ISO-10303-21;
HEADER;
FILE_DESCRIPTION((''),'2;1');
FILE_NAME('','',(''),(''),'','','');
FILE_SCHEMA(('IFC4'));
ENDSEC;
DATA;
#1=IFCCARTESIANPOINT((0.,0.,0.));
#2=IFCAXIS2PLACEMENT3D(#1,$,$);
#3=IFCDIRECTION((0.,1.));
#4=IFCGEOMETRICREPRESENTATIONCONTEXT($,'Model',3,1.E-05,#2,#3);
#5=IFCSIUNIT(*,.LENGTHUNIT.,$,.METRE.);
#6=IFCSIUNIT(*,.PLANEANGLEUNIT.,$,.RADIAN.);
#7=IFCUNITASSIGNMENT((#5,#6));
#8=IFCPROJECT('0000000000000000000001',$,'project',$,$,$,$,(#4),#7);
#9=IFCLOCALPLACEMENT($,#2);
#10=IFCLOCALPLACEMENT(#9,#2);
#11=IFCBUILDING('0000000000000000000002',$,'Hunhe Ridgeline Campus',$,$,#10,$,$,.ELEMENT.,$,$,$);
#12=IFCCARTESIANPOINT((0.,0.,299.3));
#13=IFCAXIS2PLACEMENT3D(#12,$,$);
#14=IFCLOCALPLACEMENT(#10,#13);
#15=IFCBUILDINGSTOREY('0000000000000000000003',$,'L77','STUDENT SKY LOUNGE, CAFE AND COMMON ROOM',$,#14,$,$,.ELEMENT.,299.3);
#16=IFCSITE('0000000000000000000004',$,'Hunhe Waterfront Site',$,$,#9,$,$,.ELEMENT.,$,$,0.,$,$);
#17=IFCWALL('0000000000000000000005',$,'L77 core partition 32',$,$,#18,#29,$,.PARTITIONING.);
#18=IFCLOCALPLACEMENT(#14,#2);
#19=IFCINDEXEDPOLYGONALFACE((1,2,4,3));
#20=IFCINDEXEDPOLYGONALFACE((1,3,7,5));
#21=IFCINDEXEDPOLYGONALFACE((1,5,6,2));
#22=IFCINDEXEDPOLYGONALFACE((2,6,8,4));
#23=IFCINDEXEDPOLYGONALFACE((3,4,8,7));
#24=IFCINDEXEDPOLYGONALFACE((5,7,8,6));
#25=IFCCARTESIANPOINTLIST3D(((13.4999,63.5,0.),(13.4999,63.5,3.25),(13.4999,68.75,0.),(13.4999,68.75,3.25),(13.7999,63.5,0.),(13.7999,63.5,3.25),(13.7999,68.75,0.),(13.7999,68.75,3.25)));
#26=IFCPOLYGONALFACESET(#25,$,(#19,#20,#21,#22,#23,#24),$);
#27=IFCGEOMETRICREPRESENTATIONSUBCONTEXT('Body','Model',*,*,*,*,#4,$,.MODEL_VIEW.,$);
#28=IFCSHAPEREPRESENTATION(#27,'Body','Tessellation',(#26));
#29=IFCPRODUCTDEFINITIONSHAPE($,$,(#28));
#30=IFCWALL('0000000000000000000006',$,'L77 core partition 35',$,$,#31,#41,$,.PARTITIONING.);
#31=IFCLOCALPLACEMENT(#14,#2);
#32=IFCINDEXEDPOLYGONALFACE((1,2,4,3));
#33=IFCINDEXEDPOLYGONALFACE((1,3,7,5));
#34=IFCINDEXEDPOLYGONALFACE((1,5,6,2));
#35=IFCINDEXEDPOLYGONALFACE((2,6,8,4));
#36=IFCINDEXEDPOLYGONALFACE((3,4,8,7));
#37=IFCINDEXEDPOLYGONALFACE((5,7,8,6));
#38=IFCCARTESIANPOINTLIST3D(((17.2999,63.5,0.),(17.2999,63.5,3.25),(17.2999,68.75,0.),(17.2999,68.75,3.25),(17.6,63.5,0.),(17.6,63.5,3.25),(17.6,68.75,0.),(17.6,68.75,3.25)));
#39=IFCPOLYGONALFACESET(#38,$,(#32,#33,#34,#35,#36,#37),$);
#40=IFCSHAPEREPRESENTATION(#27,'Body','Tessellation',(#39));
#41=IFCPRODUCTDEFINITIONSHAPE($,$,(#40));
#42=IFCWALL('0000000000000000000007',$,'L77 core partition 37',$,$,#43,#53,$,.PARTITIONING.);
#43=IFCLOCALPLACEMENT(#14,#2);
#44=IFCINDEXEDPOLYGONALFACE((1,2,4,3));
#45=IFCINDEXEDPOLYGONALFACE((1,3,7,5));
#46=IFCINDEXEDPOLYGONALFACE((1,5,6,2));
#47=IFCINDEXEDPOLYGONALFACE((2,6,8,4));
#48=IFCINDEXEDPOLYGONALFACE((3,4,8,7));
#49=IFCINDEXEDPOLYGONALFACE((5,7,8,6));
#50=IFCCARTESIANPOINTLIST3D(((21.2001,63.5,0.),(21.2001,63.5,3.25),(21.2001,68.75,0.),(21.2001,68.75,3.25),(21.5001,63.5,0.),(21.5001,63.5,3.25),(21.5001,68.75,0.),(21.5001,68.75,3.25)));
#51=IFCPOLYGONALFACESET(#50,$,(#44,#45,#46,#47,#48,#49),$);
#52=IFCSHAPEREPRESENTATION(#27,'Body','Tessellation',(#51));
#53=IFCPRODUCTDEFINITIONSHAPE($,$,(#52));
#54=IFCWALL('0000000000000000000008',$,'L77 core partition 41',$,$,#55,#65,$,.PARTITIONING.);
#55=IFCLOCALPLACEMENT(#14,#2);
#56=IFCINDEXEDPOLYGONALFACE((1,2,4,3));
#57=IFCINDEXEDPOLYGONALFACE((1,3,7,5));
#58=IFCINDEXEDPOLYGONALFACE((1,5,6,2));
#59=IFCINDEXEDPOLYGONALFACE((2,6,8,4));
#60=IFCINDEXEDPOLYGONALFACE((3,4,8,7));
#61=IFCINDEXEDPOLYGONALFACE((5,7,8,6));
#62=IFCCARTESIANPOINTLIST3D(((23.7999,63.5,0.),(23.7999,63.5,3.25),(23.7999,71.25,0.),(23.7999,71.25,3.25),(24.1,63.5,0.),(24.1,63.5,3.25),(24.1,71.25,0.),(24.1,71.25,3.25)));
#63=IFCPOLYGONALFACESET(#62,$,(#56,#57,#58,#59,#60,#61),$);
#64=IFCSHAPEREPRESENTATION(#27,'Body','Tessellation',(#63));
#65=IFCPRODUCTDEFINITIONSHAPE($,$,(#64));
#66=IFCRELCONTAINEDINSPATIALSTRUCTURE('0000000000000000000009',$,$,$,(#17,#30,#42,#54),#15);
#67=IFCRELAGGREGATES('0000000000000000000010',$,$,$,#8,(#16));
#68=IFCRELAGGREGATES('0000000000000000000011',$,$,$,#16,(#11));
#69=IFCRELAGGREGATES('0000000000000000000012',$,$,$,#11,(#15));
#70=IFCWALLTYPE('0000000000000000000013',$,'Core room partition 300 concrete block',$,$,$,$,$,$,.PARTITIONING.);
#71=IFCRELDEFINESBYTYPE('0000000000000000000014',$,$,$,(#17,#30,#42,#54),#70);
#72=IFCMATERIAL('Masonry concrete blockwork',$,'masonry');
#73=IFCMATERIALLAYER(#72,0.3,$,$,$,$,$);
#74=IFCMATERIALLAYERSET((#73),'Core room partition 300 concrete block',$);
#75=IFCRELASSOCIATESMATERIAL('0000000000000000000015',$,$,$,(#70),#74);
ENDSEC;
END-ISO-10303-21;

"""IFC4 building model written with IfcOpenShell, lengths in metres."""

from ifc_helpers import new_model, si_unit, direction, frame, frame_2d, origin, place, context, subcontext, project, spatial, rectangle, extrude, material, layer, layer_set, type_object, element, save


model = new_model("IFC4")

# Units and contexts
model_context = context("Model", 3, precision=1e-05, world=origin(), true_north=direction((0.0, 1.0)))
body_context = subcontext(model_context, "Body", "Model", "MODEL_VIEW")
ifc_project = project(units=[si_unit("LENGTHUNIT", "METRE"), si_unit("PLANEANGLEUNIT", "RADIAN")], contexts=[model_context])

# Site, building, storey
site_placement = place(None, origin())
site = spatial("IfcSite", under=ifc_project, at=site_placement, Name="Hunhe Waterfront Site", CompositionType="ELEMENT", RefElevation=0.0)
building_placement = place(site_placement, origin())
building = spatial("IfcBuilding", under=site, at=building_placement, Name="Hunhe Ridgeline Campus", CompositionType="ELEMENT")
storey_placement = place(building_placement, frame((0.0, 0.0, 299.3)))
storey = spatial("IfcBuildingStorey", under=building, at=storey_placement, Name="L77", Description="STUDENT SKY LOUNGE, CAFE AND COMMON ROOM", CompositionType="ELEMENT", Elevation=299.3)

# Shared definitions
ifc_material_1 = material(Name="Masonry concrete blockwork", Category="masonry")
ifc_layer_1 = layer(ifc_material_1, 0.3)
ifc_layer_set_1 = layer_set([ifc_layer_1], Name="Core room partition 300 concrete block")
wall_type_1 = type_object("IfcWallType", Name="Core room partition 300 concrete block", PredefinedType="PARTITIONING", material=ifc_layer_set_1)

# Walls
for number, where, z_axis, x_axis, name in (
    (1, (13.6499, 63.5, 0.0), (0.0, 0.0, 1.0), (0.0, 1.0, 0.0), "L77 core partition 32"),
    (2, (17.45, 63.5, 0.0), (0.0, 0.0, 1.0), (0.0, 1.0, 0.0), "L77 core partition 35"),
    (3, (21.3501, 63.5, 0.0), (0.0, 0.0, 1.0), (0.0, 1.0, 0.0), "L77 core partition 37"),
):
    element("IfcWall", number, at=place(storey_placement, frame(where, z_axis=z_axis, x_axis=x_axis)), inside=storey, type_object=wall_type_1, Name=name, PredefinedType="PARTITIONING", context=body_context, shape_type="SweptSolid", body=[
        extrude(rectangle(XDim=5.25, YDim=0.3, at=frame_2d((2.625, 0.0))), origin(), (0.0, 0.0, 1.0), 3.25),
    ])
wall_1_placement = place(storey_placement, frame((23.95, 63.5, 0.0), z_axis=(0.0, 0.0, 1.0), x_axis=(0.0, 1.0, 0.0)))
element("IfcWall", 4, at=wall_1_placement, inside=storey, type_object=wall_type_1, Name="L77 core partition 41", PredefinedType="PARTITIONING", context=body_context, shape_type="SweptSolid", body=[
    extrude(rectangle(XDim=7.75, YDim=0.3, at=frame_2d((3.875, 0.0))), origin(), (0.0, 0.0, 1.0), 3.25),
])

save(model, "model.ifc")
